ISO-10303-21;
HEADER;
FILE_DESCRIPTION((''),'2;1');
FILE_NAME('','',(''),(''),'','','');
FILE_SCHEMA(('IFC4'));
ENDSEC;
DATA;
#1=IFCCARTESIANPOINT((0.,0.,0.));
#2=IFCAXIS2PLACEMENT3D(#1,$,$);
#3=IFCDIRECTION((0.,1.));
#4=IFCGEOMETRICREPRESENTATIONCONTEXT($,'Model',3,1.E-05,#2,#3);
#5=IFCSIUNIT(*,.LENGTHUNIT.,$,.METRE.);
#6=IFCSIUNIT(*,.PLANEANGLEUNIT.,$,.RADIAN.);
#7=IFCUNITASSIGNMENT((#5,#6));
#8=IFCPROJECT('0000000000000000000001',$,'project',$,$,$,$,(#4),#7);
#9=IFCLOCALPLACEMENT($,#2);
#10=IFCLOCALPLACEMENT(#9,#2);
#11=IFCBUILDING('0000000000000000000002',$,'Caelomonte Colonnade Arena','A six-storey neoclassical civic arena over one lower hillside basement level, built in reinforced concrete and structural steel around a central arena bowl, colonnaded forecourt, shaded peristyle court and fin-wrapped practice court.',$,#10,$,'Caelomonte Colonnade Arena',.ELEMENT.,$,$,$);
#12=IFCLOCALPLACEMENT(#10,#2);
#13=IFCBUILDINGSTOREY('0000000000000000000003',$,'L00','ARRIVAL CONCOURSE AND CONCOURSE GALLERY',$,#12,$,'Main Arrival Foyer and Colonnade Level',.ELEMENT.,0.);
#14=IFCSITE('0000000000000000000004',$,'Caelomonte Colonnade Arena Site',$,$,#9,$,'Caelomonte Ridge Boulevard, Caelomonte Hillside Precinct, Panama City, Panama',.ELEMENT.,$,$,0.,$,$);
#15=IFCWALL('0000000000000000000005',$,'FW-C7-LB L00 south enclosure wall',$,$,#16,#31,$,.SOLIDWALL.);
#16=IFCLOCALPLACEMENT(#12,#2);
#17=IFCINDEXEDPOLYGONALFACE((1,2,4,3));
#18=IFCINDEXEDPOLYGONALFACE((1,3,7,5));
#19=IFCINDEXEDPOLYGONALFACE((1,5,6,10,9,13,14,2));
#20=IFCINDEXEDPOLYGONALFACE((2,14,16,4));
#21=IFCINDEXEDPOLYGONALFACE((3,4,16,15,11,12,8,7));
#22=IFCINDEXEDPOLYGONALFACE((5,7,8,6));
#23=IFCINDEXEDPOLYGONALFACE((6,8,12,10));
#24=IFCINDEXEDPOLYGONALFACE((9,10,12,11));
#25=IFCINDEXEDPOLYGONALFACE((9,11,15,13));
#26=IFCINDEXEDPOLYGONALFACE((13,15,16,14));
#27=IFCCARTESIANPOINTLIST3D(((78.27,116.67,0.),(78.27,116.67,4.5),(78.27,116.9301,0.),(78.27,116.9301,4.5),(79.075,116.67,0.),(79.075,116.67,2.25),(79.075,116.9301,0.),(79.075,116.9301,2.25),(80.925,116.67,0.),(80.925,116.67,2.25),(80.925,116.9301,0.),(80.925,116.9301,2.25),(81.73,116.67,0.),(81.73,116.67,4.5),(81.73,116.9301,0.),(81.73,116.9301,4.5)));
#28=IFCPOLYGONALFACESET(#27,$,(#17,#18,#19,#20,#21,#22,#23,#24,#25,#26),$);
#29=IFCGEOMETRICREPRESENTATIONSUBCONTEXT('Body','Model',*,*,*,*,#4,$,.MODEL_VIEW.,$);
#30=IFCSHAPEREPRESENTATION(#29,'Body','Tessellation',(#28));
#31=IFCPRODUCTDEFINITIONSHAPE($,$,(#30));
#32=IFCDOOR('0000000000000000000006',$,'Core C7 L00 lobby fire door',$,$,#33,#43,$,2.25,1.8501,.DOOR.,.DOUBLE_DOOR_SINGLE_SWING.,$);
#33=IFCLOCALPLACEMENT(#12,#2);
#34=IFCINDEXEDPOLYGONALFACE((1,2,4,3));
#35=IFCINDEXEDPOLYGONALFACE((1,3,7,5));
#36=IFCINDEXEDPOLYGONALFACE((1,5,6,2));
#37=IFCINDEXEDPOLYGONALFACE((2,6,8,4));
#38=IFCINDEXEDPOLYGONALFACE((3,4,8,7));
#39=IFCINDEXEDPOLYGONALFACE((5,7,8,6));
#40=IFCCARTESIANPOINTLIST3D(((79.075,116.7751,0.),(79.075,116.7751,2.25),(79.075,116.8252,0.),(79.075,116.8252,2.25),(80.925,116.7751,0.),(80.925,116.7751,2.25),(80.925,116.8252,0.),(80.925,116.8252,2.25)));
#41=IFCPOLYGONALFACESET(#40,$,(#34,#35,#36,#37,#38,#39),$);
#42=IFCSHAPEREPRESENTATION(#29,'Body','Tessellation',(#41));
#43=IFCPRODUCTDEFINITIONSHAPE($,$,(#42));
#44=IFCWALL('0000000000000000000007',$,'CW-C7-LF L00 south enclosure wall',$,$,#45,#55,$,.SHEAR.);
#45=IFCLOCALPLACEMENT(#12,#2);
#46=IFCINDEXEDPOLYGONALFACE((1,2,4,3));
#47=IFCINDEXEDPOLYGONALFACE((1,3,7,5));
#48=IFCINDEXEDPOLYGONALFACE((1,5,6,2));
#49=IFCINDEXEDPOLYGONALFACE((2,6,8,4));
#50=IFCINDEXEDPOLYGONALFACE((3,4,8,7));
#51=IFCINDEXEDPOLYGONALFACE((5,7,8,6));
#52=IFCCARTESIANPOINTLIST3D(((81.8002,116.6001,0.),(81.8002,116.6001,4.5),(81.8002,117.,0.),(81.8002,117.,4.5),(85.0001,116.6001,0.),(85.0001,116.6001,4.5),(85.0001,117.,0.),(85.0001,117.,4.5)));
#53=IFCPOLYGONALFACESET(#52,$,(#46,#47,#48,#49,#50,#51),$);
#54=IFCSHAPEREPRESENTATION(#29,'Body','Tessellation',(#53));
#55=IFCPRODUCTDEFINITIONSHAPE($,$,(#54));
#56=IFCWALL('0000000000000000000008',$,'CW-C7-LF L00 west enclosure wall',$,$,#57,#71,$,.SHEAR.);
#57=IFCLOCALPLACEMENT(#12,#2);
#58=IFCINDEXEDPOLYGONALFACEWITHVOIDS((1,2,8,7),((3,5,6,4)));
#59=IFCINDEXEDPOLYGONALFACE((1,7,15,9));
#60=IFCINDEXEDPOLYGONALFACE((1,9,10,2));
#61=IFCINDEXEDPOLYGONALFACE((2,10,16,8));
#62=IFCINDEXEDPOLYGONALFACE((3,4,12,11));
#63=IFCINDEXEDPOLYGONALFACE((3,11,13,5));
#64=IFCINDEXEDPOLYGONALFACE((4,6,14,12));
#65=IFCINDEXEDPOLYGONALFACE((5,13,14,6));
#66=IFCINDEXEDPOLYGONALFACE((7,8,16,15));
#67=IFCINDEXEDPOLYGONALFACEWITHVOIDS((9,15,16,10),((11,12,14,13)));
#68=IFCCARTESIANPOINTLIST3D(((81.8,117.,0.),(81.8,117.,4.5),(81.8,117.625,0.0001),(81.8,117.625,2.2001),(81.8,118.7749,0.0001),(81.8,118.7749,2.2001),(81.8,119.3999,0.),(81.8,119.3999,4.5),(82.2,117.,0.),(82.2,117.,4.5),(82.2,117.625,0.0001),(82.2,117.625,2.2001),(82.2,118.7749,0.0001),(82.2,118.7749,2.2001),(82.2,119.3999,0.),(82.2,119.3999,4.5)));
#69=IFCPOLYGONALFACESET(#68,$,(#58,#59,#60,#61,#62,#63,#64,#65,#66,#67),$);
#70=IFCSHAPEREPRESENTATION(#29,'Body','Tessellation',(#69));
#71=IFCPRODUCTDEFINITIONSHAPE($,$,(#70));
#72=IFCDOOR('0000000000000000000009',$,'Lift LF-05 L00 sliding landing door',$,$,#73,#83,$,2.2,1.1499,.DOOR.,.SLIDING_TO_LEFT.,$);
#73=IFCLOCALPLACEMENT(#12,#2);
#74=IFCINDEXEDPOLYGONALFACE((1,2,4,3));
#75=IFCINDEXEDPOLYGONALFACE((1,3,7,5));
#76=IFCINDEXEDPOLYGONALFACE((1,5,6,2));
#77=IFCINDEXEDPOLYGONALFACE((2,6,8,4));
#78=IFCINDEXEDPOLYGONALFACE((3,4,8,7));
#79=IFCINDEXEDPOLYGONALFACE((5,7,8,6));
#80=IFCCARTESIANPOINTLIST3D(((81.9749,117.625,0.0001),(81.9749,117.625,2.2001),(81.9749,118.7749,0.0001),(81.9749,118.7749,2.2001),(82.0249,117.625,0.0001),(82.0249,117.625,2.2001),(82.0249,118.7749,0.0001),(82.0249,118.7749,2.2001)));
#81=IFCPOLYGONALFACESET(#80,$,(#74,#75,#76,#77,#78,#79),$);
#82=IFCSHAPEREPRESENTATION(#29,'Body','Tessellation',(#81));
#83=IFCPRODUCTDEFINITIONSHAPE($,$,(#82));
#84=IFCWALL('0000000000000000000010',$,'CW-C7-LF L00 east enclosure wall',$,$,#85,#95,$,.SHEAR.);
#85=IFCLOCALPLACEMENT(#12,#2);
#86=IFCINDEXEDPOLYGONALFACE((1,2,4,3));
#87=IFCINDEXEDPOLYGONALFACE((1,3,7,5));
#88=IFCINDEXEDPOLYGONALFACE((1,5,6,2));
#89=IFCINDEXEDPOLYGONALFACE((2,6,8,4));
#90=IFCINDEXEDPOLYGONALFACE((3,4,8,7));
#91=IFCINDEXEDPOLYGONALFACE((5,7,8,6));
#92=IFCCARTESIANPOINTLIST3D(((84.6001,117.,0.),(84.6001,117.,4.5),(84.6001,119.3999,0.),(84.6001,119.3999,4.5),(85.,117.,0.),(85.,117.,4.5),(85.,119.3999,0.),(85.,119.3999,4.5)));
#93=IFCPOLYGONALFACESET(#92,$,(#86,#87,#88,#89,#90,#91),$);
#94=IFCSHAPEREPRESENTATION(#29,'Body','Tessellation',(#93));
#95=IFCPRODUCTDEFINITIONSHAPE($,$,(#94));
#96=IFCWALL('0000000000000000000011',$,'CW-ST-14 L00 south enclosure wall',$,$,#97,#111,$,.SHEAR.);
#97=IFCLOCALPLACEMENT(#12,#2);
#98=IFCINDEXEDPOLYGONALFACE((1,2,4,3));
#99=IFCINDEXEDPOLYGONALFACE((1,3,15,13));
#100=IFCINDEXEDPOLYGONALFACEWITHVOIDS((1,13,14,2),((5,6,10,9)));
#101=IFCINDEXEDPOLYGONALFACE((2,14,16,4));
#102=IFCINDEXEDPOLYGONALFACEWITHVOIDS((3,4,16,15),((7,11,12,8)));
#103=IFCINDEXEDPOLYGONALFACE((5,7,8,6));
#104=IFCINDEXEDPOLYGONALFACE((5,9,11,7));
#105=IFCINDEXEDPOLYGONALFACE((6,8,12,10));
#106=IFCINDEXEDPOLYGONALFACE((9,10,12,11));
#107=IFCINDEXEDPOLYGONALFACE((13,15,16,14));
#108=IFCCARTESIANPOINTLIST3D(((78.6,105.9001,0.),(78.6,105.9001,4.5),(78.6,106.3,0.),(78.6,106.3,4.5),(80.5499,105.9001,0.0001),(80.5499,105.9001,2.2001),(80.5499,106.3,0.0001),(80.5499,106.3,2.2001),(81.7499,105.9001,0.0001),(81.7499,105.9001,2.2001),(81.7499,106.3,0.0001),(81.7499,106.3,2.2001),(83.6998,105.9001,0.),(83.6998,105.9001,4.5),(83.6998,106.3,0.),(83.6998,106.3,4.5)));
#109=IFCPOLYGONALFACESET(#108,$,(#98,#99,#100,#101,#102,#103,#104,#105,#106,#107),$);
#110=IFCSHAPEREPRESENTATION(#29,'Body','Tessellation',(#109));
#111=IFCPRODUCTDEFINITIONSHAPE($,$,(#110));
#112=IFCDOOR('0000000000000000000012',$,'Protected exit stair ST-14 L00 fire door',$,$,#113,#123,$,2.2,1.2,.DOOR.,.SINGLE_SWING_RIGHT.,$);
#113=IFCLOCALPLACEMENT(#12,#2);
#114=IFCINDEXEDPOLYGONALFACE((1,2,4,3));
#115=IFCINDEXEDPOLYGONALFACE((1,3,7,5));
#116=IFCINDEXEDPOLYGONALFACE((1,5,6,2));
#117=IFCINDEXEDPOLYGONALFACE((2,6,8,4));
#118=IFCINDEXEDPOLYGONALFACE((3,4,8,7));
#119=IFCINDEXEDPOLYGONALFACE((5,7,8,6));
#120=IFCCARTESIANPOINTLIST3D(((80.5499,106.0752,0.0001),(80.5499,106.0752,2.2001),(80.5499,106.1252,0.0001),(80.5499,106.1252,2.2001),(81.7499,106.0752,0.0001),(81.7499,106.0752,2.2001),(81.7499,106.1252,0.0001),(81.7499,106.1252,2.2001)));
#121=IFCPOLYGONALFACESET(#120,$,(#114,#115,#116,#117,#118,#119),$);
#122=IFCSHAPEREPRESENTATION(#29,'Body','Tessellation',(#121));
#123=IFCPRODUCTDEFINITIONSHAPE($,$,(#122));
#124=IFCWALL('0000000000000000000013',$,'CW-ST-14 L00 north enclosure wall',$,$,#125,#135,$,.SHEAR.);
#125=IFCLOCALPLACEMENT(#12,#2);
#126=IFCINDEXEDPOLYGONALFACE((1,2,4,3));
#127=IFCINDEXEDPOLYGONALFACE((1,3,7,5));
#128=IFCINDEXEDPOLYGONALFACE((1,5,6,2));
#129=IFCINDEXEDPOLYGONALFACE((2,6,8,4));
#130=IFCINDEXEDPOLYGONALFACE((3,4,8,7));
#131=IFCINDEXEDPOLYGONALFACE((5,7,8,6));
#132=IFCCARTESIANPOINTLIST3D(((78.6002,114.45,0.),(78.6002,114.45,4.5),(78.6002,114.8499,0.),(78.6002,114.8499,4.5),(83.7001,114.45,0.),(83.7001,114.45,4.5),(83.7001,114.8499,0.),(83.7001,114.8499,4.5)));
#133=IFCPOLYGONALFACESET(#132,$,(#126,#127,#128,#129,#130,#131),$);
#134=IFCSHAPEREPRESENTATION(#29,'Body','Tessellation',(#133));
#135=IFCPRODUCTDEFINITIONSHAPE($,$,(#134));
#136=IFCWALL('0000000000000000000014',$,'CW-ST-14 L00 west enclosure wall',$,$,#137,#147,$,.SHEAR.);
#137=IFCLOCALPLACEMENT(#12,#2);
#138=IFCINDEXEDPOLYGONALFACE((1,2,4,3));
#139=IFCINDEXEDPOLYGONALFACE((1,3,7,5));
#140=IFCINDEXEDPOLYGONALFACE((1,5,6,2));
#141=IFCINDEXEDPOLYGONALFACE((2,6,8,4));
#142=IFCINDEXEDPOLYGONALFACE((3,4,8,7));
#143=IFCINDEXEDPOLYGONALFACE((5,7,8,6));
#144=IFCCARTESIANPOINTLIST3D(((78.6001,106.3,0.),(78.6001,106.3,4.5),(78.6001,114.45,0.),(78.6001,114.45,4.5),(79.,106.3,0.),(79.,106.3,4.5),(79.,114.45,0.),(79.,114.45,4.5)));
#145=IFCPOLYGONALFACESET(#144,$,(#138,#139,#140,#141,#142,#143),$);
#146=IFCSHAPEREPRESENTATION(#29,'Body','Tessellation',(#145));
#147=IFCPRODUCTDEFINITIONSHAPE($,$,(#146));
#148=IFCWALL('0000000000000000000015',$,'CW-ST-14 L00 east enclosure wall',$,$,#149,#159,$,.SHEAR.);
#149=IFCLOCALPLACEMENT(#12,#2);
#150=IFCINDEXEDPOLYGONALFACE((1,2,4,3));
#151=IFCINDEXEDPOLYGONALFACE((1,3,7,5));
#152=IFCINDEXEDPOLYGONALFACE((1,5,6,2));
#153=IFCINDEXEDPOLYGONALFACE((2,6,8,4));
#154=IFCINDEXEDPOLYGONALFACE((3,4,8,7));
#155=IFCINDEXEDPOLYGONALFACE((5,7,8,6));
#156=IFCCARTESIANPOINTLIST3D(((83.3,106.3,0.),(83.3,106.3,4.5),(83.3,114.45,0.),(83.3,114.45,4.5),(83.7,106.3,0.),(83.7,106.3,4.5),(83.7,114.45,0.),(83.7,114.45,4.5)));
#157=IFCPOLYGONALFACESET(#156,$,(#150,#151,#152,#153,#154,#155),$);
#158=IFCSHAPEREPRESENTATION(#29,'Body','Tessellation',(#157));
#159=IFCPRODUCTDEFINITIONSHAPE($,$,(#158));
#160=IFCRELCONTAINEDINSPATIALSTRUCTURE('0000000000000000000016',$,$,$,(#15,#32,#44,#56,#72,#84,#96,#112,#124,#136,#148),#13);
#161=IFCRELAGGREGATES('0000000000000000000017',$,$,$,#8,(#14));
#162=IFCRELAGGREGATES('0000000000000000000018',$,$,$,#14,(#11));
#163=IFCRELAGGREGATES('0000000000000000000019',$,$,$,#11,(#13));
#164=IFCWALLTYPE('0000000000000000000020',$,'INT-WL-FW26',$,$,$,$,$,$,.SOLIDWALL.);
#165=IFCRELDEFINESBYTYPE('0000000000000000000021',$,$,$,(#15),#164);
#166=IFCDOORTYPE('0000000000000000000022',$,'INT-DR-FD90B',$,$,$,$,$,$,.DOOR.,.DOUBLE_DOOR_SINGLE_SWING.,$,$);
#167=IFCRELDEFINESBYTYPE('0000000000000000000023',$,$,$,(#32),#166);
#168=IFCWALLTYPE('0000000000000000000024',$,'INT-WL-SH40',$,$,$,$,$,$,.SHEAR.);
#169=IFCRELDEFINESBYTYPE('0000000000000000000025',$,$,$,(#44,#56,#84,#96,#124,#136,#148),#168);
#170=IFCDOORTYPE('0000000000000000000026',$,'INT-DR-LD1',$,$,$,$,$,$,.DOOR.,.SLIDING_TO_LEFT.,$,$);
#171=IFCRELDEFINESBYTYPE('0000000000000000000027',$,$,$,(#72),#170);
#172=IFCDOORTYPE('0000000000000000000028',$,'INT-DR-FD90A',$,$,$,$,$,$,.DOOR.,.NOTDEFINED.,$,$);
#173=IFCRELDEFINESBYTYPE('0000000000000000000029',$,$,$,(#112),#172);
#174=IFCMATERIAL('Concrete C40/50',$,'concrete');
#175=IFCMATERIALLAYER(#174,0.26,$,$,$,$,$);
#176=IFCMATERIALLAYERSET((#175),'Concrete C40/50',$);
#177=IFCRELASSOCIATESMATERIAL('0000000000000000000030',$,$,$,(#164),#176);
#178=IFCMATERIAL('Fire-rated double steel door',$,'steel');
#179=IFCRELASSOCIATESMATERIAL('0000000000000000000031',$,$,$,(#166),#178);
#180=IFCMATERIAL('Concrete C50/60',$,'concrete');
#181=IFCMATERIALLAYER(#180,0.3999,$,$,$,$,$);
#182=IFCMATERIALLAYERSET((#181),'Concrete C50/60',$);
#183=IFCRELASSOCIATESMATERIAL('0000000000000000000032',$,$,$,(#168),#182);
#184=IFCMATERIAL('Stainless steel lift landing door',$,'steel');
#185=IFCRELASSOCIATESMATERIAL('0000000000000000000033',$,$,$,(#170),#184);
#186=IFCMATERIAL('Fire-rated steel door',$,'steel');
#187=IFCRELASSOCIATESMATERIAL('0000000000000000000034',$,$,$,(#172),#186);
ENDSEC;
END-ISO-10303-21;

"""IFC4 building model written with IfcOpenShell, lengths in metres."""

from ifc_helpers import new_model, si_unit, direction, frame, frame_2d, origin, place, context, subcontext, project, spatial, rectangle, extrude, material, layer, layer_set, type_object, element, fill, save


model = new_model("IFC4")

# Units and contexts
model_context = context("Model", 3, precision=1e-05, world=origin(), true_north=direction((0.0, 1.0)))
body_context = subcontext(model_context, "Body", "Model", "MODEL_VIEW")
ifc_project = project(units=[si_unit("LENGTHUNIT", "METRE"), si_unit("PLANEANGLEUNIT", "RADIAN")], contexts=[model_context])

# Site, building, storey
site_placement = place(None, origin())
site = spatial("IfcSite", under=ifc_project, at=site_placement, Name="Caelomonte Colonnade Arena Site", LongName="Caelomonte Ridge Boulevard, Caelomonte Hillside Precinct, Panama City, Panama", CompositionType="ELEMENT", RefElevation=0.0)
building_placement = place(site_placement, origin())
building = spatial("IfcBuilding", under=site, at=building_placement, Name="Caelomonte Colonnade Arena", Description="A six-storey neoclassical civic arena over one lower hillside basement level, built in reinforced concrete and structural steel around a central arena bowl, colonnaded forecourt, shaded peristyle court and fin-wrapped practice court.", LongName="Caelomonte Colonnade Arena", CompositionType="ELEMENT")
storey_placement = place(building_placement, origin())
storey = spatial("IfcBuildingStorey", under=building, at=storey_placement, Name="L00", Description="ARRIVAL CONCOURSE AND CONCOURSE GALLERY", LongName="Main Arrival Foyer and Colonnade Level", CompositionType="ELEMENT", Elevation=0.0)

# Shared definitions
ifc_material_1 = material(Name="Concrete C40/50", Category="concrete")

# Wall, opening, door
ifc_layer_1 = layer(ifc_material_1, 0.26)
ifc_layer_set_1 = layer_set([ifc_layer_1], Name="Concrete C40/50")
wall_type_1 = type_object("IfcWallType", Name="INT-WL-FW26", PredefinedType="SOLIDWALL", material=ifc_layer_set_1)
wall_1_placement = place(storey_placement, frame((78.27, 116.8, 0.0), z_axis=(0.0, 0.0, 1.0), x_axis=(1.0, 0.0, 0.0)))
wall_1 = element("IfcWall", 1, at=wall_1_placement, inside=storey, type_object=wall_type_1, Name="FW-C7-LB L00 south enclosure wall", PredefinedType="SOLIDWALL", context=body_context, shape_type="SweptSolid", body=[
    extrude(rectangle(XDim=3.46, YDim=0.26, at=frame_2d((1.73, 0.0))), origin(), (0.0, 0.0, 1.0), 4.5),
])
opening_1_placement = place(wall_1_placement, frame((2.655, 0.0, 0.0), z_axis=(0.0, 0.0, 1.0), x_axis=(-1.0, 0.0, 0.0)))
opening_1 = element("IfcOpeningElement", 2, at=opening_1_placement, cuts=wall_1, PredefinedType="OPENING", context=body_context, shape_type="SweptSolid", body=[
    extrude(rectangle(XDim=1.8501, YDim=2.25, at=frame_2d((0.925, 1.125))), frame((0.0, 0.1399, 0.0), z_axis=(0.0, -1.0, 0.0), x_axis=(1.0, 0.0, 0.0)), (0.0, 0.0, 1.0), 0.28),
])
ifc_material_2 = material(Name="Fire-rated double steel door", Category="steel")
door_type_1 = type_object("IfcDoorType", Name="INT-DR-FD90B", OperationType="DOUBLE_DOOR_SINGLE_SWING", PredefinedType="DOOR", material=ifc_material_2)
door_1_placement = place(opening_1_placement, origin())
door_1 = element("IfcDoor", 3, at=door_1_placement, inside=storey, type_object=door_type_1, Name="Core C7 L00 lobby fire door", OperationType="DOUBLE_DOOR_SINGLE_SWING", OverallHeight=2.25, OverallWidth=1.8501, PredefinedType="DOOR", context=body_context, shape_type="SweptSolid", body=[
    extrude(rectangle(XDim=1.8501, YDim=2.25, at=frame_2d((0.925, 1.125))), frame((0.0, 0.0249, 0.0), z_axis=(0.0, -1.0, 0.0), x_axis=(1.0, 0.0, 0.0)), (0.0, 0.0, 1.0), 0.05),
])
fill(opening_1, door_1)

# Wall
ifc_material_3 = material(Name="Concrete C50/60", Category="concrete")
ifc_layer_2 = layer(ifc_material_3, 0.3999)
ifc_layer_set_2 = layer_set([ifc_layer_2], Name="Concrete C50/60")
wall_type_2 = type_object("IfcWallType", Name="INT-WL-SH40", PredefinedType="SHEAR", material=ifc_layer_set_2)
wall_2_placement = place(storey_placement, frame((81.8, 116.8, 0.0), z_axis=(0.0, 0.0, 1.0), x_axis=(1.0, 0.0, 0.0)))
element("IfcWall", 4, at=wall_2_placement, inside=storey, type_object=wall_type_2, Name="CW-C7-LF L00 south enclosure wall", PredefinedType="SHEAR", context=body_context, shape_type="SweptSolid", body=[
    extrude(rectangle(XDim=3.2, YDim=0.3999, at=frame_2d((1.6001, 0.0))), origin(), (0.0, 0.0, 1.0), 4.5),
])

# Wall, opening, door
wall_3_placement = place(storey_placement, frame((82.0, 119.3999, 0.0), z_axis=(0.0, 0.0, 1.0), x_axis=(0.0, -1.0, 0.0)))
wall_3 = element("IfcWall", 5, at=wall_3_placement, inside=storey, type_object=wall_type_2, Name="CW-C7-LF L00 west enclosure wall", PredefinedType="SHEAR", context=body_context, shape_type="SweptSolid", body=[
    extrude(rectangle(XDim=2.3999, YDim=0.3999, at=frame_2d((1.2, 0.0))), origin(), (0.0, 0.0, 1.0), 4.5),
])
opening_2_placement = place(wall_3_placement, frame((0.625, 0.0, 0.0), z_axis=(0.0, 0.0, 1.0), x_axis=(1.0, 0.0, 0.0)))
opening_2 = element("IfcOpeningElement", 6, at=opening_2_placement, cuts=wall_3, PredefinedType="OPENING", context=body_context, shape_type="SweptSolid", body=[
    extrude(rectangle(XDim=1.1499, YDim=2.2, at=frame_2d((0.575, 1.1001))), frame((0.0, 0.21, 0.0), z_axis=(0.0, -1.0, 0.0), x_axis=(1.0, 0.0, 0.0)), (0.0, 0.0, 1.0), 0.4199),
])
ifc_material_4 = material(Name="Stainless steel lift landing door", Category="steel")
door_type_2 = type_object("IfcDoorType", Name="INT-DR-LD1", OperationType="SLIDING_TO_LEFT", PredefinedType="DOOR", material=ifc_material_4)
door_2_placement = place(opening_2_placement, origin())
door_2 = element("IfcDoor", 7, at=door_2_placement, inside=storey, type_object=door_type_2, Name="Lift LF-05 L00 sliding landing door", OperationType="SLIDING_TO_LEFT", OverallHeight=2.2, OverallWidth=1.1499, PredefinedType="DOOR", context=body_context, shape_type="SweptSolid", body=[
    extrude(rectangle(XDim=1.1499, YDim=2.2, at=frame_2d((0.575, 1.1001))), frame((0.0, 0.0249, 0.0), z_axis=(0.0, -1.0, 0.0), x_axis=(1.0, 0.0, 0.0)), (0.0, 0.0, 1.0), 0.05),
])
fill(opening_2, door_2)

# Wall
wall_4_placement = place(storey_placement, frame((84.8, 117.0, 0.0), z_axis=(0.0, 0.0, 1.0), x_axis=(0.0, 1.0, 0.0)))
element("IfcWall", 8, at=wall_4_placement, inside=storey, type_object=wall_type_2, Name="CW-C7-LF L00 east enclosure wall", PredefinedType="SHEAR", context=body_context, shape_type="SweptSolid", body=[
    extrude(rectangle(XDim=2.3999, YDim=0.3999, at=frame_2d((1.2, 0.0))), origin(), (0.0, 0.0, 1.0), 4.5),
])

# Wall, opening, door
wall_5_placement = place(storey_placement, frame((78.6001, 106.1001, 0.0), z_axis=(0.0, 0.0, 1.0), x_axis=(1.0, 0.0, 0.0)))
wall_5 = element("IfcWall", 9, at=wall_5_placement, inside=storey, type_object=wall_type_2, Name="CW-ST-14 L00 south enclosure wall", PredefinedType="SHEAR", context=body_context, shape_type="SweptSolid", body=[
    extrude(rectangle(XDim=5.0999, YDim=0.3999, at=frame_2d((2.5498, 0.0))), origin(), (0.0, 0.0, 1.0), 4.5),
])
opening_3_placement = place(wall_5_placement, frame((3.1499, 0.0, 0.0), z_axis=(0.0, 0.0, 1.0), x_axis=(-1.0, 0.0, 0.0)))
opening_3 = element("IfcOpeningElement", 10, at=opening_3_placement, cuts=wall_5, PredefinedType="OPENING", context=body_context, shape_type="SweptSolid", body=[
    extrude(rectangle(XDim=1.2, YDim=2.2, at=frame_2d((0.6001, 1.1001))), frame((0.0, 0.21, 0.0), z_axis=(0.0, -1.0, 0.0), x_axis=(1.0, 0.0, 0.0)), (0.0, 0.0, 1.0), 0.4199),
])
ifc_material_5 = material(Name="Fire-rated steel door", Category="steel")
door_type_3 = type_object("IfcDoorType", Name="INT-DR-FD90A", OperationType="NOTDEFINED", PredefinedType="DOOR", material=ifc_material_5)
door_3_placement = place(opening_3_placement, origin())
door_3 = element("IfcDoor", 11, at=door_3_placement, inside=storey, type_object=door_type_3, Name="Protected exit stair ST-14 L00 fire door", OperationType="SINGLE_SWING_RIGHT", OverallHeight=2.2, OverallWidth=1.2, PredefinedType="DOOR", context=body_context, shape_type="SweptSolid", body=[
    extrude(rectangle(XDim=1.2, YDim=2.2, at=frame_2d((0.6001, 1.1001))), frame((0.0, 0.0249, 0.0), z_axis=(0.0, -1.0, 0.0), x_axis=(1.0, 0.0, 0.0)), (0.0, 0.0, 1.0), 0.05),
])
fill(opening_3, door_3)

# Walls
wall_6_placement = place(storey_placement, frame((83.7, 114.6499, 0.0), z_axis=(0.0, 0.0, 1.0), x_axis=(-1.0, 0.0, 0.0)))
element("IfcWall", 12, at=wall_6_placement, inside=storey, type_object=wall_type_2, Name="CW-ST-14 L00 north enclosure wall", PredefinedType="SHEAR", context=body_context, shape_type="SweptSolid", body=[
    extrude(rectangle(XDim=5.0999, YDim=0.3999, at=frame_2d((2.5498, 0.0))), origin(), (0.0, 0.0, 1.0), 4.5),
])
for number, where, z_axis, x_axis, name in (
    (13, (78.8, 114.45, 0.0), (0.0, 0.0, 1.0), (0.0, -1.0, 0.0), "CW-ST-14 L00 west enclosure wall"),
    (14, (83.5, 106.3, 0.0), (0.0, 0.0, 1.0), (0.0, 1.0, 0.0), "CW-ST-14 L00 east enclosure wall"),
):
    element("IfcWall", number, at=place(storey_placement, frame(where, z_axis=z_axis, x_axis=x_axis)), inside=storey, type_object=wall_type_2, Name=name, PredefinedType="SHEAR", context=body_context, shape_type="SweptSolid", body=[
        extrude(rectangle(XDim=8.1499, YDim=0.3999, at=frame_2d((4.075, 0.0))), origin(), (0.0, 0.0, 1.0), 4.5),
    ])

save(model, "model.ifc")
